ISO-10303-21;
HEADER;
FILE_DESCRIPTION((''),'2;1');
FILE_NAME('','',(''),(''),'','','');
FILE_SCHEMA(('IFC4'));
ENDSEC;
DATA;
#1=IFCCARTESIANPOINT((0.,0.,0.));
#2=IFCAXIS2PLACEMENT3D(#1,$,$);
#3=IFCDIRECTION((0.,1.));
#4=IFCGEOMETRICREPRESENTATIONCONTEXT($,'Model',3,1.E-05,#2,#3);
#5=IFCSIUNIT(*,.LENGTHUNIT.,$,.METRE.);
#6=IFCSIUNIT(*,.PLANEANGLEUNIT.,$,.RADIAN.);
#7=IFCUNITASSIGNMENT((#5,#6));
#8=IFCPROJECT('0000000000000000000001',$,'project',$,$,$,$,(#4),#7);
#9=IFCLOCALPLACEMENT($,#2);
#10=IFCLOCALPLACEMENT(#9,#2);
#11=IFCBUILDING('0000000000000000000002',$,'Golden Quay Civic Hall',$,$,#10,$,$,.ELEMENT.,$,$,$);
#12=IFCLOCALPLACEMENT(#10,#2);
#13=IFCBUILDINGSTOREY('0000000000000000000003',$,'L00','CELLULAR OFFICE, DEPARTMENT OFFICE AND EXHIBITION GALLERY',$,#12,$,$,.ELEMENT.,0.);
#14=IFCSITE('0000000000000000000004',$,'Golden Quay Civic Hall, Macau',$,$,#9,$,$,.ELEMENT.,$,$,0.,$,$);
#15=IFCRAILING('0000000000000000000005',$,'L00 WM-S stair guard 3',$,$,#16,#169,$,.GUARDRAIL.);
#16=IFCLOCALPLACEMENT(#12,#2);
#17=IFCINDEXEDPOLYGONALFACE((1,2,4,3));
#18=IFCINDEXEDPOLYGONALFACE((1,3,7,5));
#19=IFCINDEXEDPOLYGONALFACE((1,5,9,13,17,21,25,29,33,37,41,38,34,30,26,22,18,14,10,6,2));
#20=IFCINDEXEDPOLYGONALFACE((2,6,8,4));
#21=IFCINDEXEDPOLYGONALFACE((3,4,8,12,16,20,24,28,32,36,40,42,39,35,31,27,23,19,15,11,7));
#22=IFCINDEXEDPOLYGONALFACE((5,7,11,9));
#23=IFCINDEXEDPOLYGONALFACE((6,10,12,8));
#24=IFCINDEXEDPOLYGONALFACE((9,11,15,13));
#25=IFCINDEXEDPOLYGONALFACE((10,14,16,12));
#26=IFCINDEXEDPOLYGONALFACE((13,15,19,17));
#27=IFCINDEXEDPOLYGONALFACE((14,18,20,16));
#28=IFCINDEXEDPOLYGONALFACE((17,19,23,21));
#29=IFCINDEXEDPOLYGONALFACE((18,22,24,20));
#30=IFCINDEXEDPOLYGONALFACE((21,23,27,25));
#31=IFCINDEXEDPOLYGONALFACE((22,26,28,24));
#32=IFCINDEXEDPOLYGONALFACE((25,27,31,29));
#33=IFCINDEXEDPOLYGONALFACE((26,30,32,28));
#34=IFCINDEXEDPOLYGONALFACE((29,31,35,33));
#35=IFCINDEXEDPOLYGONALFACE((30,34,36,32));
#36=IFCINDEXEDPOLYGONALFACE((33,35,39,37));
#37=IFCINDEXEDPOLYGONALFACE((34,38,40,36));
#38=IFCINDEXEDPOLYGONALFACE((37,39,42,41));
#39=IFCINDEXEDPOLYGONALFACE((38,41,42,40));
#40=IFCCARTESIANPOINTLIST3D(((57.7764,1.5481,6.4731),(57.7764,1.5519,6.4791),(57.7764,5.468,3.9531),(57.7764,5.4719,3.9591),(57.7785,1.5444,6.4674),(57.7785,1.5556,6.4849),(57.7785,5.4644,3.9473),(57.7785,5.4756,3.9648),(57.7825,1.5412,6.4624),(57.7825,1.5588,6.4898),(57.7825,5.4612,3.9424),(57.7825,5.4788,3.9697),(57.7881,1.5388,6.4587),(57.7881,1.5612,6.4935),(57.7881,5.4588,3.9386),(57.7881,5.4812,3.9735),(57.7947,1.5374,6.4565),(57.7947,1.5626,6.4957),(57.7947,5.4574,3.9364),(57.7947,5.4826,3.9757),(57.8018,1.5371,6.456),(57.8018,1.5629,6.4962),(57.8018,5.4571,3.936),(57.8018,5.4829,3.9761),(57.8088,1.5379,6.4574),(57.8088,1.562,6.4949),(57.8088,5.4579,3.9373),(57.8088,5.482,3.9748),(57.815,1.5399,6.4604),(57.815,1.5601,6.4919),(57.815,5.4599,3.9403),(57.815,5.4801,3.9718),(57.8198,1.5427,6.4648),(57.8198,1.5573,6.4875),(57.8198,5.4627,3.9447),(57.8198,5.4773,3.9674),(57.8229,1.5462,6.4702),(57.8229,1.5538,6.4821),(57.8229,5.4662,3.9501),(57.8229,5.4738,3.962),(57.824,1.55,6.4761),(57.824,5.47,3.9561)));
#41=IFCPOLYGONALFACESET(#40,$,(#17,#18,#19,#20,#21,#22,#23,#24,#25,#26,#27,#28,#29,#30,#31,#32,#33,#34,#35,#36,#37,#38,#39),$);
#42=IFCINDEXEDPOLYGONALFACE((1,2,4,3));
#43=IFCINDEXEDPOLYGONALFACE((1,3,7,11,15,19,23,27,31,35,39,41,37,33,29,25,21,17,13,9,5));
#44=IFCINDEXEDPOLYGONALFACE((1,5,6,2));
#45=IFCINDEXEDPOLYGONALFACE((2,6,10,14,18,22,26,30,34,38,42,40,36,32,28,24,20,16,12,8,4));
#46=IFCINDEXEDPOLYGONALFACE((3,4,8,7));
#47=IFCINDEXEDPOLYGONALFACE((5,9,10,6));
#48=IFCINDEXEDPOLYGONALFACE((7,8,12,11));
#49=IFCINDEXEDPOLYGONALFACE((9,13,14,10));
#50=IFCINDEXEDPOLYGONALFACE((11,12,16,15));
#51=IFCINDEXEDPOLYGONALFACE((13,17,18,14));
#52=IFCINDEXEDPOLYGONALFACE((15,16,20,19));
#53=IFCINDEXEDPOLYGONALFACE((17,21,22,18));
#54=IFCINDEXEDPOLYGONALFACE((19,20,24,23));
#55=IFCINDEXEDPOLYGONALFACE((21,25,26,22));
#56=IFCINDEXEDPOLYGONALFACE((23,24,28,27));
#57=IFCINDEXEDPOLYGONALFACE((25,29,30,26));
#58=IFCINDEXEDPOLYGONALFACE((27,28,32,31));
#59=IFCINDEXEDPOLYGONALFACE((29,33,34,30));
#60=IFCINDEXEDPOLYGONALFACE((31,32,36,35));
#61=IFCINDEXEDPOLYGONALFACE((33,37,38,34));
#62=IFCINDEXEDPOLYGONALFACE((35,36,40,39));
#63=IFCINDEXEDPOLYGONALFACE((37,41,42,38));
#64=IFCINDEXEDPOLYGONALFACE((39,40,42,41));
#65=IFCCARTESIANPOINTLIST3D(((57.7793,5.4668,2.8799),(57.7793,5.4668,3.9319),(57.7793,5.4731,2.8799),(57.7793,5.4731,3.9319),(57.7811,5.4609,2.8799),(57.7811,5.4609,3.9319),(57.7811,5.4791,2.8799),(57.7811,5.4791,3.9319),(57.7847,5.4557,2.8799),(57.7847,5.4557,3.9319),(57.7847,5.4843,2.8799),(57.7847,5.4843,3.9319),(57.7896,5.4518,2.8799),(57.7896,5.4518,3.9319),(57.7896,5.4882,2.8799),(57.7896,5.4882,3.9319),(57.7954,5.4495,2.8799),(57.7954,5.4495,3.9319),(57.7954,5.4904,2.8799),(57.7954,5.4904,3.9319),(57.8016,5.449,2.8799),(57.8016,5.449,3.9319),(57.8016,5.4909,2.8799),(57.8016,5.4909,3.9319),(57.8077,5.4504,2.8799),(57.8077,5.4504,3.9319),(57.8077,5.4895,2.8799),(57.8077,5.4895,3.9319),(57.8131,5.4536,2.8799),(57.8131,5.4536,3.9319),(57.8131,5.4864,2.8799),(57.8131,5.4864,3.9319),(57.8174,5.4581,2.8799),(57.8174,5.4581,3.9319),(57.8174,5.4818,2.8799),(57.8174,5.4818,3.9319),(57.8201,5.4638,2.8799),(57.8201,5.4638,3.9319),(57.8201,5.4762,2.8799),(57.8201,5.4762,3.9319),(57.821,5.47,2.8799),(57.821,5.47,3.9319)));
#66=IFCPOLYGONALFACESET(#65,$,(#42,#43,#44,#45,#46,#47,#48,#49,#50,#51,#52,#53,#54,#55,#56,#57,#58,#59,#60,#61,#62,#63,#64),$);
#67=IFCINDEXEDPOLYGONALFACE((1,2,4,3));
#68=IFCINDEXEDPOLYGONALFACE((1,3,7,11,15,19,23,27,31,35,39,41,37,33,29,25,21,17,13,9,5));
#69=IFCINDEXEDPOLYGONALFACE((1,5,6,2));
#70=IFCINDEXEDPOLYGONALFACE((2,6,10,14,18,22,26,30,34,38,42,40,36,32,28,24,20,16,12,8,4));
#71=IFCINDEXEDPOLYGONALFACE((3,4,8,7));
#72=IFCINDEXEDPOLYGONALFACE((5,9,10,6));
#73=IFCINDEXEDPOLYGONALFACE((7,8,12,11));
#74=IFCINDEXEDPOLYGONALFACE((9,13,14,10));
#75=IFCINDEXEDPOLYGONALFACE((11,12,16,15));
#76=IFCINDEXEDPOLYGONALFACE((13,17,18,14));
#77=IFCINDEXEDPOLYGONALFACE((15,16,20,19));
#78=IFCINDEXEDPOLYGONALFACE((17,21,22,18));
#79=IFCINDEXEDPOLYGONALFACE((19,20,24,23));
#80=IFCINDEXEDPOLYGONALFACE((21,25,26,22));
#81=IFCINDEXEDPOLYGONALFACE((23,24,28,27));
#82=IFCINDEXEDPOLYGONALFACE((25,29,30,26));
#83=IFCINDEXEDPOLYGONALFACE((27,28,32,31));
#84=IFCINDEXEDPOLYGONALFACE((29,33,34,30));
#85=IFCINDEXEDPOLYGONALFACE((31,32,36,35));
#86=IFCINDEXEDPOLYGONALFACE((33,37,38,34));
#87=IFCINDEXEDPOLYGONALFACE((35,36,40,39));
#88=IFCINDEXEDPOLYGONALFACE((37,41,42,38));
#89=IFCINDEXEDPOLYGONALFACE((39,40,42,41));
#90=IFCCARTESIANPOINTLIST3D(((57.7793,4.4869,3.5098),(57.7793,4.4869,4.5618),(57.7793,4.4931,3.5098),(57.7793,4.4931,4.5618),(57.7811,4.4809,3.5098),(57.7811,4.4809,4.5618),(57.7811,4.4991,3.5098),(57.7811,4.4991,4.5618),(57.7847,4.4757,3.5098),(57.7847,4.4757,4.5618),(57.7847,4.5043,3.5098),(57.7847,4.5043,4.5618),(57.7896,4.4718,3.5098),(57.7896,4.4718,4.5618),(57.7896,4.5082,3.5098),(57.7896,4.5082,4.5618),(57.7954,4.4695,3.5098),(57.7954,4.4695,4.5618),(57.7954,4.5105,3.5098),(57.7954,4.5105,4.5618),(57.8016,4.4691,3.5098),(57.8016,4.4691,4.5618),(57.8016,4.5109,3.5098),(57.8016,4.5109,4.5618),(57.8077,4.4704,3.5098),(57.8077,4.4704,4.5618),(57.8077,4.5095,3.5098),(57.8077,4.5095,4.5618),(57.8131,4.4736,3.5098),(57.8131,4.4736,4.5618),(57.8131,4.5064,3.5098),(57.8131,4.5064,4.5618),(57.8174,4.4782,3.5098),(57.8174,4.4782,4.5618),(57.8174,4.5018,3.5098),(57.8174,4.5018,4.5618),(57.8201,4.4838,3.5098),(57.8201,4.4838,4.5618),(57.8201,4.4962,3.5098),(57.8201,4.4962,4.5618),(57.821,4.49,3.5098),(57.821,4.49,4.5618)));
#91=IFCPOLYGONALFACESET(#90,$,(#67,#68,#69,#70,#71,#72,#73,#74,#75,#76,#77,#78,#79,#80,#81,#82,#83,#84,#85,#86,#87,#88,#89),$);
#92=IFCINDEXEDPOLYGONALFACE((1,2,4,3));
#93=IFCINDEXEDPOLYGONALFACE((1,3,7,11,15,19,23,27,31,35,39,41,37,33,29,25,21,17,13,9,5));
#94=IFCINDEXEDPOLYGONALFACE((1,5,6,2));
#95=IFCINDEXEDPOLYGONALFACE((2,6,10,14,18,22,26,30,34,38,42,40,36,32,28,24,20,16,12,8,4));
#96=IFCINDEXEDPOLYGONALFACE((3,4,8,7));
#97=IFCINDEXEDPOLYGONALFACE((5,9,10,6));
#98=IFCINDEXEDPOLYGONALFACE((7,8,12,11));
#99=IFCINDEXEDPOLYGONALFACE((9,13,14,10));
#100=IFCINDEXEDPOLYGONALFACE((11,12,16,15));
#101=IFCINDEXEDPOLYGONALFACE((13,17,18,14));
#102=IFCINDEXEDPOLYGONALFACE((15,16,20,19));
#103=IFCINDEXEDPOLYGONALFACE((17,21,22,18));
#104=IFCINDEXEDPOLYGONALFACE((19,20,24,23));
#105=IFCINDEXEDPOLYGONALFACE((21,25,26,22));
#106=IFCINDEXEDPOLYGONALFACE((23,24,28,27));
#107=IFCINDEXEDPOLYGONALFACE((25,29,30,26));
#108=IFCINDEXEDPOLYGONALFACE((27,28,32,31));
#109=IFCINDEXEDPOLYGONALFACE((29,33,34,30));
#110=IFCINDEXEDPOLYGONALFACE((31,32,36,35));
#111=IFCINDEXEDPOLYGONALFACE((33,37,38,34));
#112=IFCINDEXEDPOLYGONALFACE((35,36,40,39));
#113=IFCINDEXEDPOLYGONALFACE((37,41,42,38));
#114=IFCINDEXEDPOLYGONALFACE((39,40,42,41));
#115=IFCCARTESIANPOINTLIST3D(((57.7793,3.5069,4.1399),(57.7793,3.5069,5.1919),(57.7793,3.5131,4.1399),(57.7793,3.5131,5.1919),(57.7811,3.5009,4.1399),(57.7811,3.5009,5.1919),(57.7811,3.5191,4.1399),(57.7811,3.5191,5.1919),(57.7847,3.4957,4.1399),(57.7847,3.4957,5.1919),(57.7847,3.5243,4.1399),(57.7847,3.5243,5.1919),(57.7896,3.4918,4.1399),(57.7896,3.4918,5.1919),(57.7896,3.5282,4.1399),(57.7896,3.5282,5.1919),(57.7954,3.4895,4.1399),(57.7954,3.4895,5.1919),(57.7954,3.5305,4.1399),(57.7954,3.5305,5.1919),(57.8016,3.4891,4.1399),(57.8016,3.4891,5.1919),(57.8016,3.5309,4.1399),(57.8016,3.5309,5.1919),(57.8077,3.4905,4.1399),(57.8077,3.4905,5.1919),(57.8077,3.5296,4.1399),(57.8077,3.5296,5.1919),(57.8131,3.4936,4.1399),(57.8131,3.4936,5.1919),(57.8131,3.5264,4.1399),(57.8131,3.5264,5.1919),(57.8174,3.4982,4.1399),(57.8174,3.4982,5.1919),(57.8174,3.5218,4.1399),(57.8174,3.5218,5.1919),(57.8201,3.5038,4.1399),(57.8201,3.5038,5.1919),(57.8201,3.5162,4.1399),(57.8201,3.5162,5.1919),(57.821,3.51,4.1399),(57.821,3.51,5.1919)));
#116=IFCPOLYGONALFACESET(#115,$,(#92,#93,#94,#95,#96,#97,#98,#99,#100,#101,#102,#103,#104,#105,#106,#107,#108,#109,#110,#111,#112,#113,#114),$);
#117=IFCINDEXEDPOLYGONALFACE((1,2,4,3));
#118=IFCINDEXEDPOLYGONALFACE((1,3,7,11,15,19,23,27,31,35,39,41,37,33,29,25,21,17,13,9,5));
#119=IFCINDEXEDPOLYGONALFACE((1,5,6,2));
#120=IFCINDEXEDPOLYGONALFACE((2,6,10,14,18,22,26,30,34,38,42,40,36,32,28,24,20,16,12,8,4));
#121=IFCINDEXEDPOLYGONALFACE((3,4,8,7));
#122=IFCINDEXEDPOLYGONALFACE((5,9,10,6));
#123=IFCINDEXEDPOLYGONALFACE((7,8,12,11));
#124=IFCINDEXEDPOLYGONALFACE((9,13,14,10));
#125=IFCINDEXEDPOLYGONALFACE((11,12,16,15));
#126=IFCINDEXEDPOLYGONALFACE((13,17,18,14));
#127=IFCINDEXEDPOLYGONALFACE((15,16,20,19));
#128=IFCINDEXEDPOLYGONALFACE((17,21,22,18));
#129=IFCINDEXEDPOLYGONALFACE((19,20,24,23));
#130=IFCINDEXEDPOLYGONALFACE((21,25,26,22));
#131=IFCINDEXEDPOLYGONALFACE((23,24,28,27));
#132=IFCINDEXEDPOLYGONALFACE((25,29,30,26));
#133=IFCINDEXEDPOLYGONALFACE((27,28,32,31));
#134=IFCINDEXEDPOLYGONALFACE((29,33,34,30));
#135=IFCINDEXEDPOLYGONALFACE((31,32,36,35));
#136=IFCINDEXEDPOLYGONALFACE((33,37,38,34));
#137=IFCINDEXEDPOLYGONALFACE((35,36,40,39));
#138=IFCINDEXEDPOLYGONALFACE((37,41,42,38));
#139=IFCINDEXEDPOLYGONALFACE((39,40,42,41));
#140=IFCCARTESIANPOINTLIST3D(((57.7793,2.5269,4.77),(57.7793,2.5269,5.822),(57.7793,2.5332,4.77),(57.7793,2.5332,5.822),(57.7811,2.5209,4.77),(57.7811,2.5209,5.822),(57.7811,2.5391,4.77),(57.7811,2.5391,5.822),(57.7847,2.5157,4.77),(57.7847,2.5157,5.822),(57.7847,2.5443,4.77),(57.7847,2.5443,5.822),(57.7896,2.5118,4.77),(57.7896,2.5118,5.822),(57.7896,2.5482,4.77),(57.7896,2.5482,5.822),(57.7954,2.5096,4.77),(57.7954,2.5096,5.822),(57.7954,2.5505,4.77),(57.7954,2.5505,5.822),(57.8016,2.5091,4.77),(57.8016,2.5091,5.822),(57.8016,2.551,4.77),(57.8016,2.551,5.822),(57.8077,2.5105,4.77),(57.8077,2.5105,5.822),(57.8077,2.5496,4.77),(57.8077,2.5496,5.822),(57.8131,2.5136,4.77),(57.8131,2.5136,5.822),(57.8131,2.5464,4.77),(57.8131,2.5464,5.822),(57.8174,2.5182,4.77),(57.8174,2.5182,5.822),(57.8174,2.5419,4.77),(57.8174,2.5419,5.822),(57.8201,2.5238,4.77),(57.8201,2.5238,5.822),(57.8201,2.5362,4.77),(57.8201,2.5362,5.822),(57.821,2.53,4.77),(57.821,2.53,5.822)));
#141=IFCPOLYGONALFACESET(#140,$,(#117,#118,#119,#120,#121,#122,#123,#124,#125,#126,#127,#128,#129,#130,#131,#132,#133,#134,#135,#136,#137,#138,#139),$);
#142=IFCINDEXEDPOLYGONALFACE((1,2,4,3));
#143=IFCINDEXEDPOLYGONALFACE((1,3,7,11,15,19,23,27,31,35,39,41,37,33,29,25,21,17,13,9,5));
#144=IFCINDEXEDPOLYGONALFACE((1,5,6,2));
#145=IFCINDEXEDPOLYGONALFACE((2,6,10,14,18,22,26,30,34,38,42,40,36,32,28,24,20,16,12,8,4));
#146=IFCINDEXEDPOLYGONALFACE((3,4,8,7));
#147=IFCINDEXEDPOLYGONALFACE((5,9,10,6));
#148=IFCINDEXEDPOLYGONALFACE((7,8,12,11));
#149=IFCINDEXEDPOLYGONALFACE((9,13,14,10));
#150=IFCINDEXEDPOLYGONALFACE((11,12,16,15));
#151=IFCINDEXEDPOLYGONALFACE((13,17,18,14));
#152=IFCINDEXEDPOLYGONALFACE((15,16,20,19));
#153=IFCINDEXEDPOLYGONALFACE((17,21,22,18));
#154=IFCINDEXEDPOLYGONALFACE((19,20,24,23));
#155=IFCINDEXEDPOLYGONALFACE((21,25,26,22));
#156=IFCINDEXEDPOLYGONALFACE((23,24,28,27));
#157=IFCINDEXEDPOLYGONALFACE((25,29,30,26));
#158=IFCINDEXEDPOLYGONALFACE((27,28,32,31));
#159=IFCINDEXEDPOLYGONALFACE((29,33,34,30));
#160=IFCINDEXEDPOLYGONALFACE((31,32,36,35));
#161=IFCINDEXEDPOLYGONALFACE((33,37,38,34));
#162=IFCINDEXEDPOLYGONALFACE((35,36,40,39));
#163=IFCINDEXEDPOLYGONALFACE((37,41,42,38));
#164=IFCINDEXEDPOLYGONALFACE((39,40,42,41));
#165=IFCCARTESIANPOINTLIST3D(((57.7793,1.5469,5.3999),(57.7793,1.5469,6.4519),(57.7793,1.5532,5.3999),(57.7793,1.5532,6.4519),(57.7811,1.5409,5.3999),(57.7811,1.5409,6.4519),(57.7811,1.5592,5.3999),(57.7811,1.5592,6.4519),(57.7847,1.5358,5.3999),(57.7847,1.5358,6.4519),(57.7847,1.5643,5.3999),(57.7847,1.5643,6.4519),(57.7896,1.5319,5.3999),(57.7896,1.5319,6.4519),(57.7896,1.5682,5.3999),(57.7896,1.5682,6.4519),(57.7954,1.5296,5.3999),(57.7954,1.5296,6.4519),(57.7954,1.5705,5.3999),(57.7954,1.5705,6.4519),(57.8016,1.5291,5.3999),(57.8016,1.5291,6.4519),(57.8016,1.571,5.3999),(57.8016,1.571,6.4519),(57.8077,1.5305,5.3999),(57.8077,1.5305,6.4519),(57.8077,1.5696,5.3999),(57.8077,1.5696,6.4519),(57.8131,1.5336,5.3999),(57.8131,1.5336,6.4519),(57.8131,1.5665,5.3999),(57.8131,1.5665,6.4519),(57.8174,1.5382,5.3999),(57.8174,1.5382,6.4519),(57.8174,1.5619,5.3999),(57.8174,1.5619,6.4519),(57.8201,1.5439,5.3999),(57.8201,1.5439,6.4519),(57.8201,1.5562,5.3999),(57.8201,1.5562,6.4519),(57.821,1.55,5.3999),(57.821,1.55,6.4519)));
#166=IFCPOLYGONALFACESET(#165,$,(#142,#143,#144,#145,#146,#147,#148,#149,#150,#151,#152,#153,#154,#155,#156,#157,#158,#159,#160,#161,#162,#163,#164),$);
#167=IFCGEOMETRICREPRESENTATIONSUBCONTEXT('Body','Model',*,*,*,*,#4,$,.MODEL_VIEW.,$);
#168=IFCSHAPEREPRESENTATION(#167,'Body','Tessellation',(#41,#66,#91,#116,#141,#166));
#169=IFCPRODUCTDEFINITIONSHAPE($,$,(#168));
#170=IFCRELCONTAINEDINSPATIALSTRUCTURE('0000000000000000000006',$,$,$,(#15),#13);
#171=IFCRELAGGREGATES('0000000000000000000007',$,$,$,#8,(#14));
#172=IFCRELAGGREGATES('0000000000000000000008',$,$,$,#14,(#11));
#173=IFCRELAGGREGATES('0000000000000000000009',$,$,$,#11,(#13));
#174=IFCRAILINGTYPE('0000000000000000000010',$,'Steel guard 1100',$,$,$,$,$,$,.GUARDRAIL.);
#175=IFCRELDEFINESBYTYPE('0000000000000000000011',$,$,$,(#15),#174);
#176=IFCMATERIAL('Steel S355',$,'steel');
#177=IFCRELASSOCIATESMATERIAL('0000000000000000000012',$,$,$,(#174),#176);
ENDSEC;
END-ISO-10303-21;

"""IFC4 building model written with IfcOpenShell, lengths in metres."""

from ifc_helpers import new_model, si_unit, direction, frame, origin, origin_2d, place, context, subcontext, project, spatial, circle, extrude, material, type_object, element, save


model = new_model("IFC4")

# Units and contexts
model_context = context("Model", 3, precision=1e-05, world=origin(), true_north=direction((0.0, 1.0)))
body_context = subcontext(model_context, "Body", "Model", "MODEL_VIEW")
ifc_project = project(units=[si_unit("LENGTHUNIT", "METRE"), si_unit("PLANEANGLEUNIT", "RADIAN")], contexts=[model_context])

# Site, building, storey
site_placement = place(None, origin())
site = spatial("IfcSite", under=ifc_project, at=site_placement, Name="Golden Quay Civic Hall, Macau", CompositionType="ELEMENT", RefElevation=0.0)
building_placement = place(site_placement, origin())
building = spatial("IfcBuilding", under=site, at=building_placement, Name="Golden Quay Civic Hall", CompositionType="ELEMENT")
storey_placement = place(building_placement, origin())
storey = spatial("IfcBuildingStorey", under=building, at=storey_placement, Name="L00", Description="CELLULAR OFFICE, DEPARTMENT OFFICE AND EXHIBITION GALLERY", CompositionType="ELEMENT", Elevation=0.0)

# Railing
ifc_material_1 = material(Name="Steel S355", Category="steel")
railing_type_1 = type_object("IfcRailingType", Name="Steel guard 1100", PredefinedType="GUARDRAIL", material=ifc_material_1)
railing_1_placement = place(storey_placement, frame((57.8, 5.47, 2.8799)))
element("IfcRailing", 1, at=railing_1_placement, inside=storey, type_object=railing_type_1, Name="L00 WM-S stair guard 3", PredefinedType="GUARDRAIL", context=body_context, shape_type="SweptSolid", body=[
    extrude(circle(Radius=0.0239, at=origin_2d()), frame((0.0, 0.0, 1.0762), z_axis=(0.0, -0.841172, 0.540768), x_axis=(1.0, 0.0, 0.0)), (0.0, 0.0, 1.0), 4.6602),
    extrude(circle(Radius=0.021, at=origin_2d()), origin(), (0.0, 0.0, 1.0), 1.052),
    extrude(circle(Radius=0.021, at=origin_2d()), frame((0.0, -0.98, 0.6299)), (0.0, 0.0, 1.0), 1.052),
    extrude(circle(Radius=0.021, at=origin_2d()), frame((0.0, -1.96, 1.26)), (0.0, 0.0, 1.0), 1.052),
    extrude(circle(Radius=0.021, at=origin_2d()), frame((0.0, -2.9399, 1.8901)), (0.0, 0.0, 1.0), 1.052),
    extrude(circle(Radius=0.021, at=origin_2d()), frame((0.0, -3.9199, 2.52)), (0.0, 0.0, 1.0), 1.052),
])

save(model, "model.ifc")
